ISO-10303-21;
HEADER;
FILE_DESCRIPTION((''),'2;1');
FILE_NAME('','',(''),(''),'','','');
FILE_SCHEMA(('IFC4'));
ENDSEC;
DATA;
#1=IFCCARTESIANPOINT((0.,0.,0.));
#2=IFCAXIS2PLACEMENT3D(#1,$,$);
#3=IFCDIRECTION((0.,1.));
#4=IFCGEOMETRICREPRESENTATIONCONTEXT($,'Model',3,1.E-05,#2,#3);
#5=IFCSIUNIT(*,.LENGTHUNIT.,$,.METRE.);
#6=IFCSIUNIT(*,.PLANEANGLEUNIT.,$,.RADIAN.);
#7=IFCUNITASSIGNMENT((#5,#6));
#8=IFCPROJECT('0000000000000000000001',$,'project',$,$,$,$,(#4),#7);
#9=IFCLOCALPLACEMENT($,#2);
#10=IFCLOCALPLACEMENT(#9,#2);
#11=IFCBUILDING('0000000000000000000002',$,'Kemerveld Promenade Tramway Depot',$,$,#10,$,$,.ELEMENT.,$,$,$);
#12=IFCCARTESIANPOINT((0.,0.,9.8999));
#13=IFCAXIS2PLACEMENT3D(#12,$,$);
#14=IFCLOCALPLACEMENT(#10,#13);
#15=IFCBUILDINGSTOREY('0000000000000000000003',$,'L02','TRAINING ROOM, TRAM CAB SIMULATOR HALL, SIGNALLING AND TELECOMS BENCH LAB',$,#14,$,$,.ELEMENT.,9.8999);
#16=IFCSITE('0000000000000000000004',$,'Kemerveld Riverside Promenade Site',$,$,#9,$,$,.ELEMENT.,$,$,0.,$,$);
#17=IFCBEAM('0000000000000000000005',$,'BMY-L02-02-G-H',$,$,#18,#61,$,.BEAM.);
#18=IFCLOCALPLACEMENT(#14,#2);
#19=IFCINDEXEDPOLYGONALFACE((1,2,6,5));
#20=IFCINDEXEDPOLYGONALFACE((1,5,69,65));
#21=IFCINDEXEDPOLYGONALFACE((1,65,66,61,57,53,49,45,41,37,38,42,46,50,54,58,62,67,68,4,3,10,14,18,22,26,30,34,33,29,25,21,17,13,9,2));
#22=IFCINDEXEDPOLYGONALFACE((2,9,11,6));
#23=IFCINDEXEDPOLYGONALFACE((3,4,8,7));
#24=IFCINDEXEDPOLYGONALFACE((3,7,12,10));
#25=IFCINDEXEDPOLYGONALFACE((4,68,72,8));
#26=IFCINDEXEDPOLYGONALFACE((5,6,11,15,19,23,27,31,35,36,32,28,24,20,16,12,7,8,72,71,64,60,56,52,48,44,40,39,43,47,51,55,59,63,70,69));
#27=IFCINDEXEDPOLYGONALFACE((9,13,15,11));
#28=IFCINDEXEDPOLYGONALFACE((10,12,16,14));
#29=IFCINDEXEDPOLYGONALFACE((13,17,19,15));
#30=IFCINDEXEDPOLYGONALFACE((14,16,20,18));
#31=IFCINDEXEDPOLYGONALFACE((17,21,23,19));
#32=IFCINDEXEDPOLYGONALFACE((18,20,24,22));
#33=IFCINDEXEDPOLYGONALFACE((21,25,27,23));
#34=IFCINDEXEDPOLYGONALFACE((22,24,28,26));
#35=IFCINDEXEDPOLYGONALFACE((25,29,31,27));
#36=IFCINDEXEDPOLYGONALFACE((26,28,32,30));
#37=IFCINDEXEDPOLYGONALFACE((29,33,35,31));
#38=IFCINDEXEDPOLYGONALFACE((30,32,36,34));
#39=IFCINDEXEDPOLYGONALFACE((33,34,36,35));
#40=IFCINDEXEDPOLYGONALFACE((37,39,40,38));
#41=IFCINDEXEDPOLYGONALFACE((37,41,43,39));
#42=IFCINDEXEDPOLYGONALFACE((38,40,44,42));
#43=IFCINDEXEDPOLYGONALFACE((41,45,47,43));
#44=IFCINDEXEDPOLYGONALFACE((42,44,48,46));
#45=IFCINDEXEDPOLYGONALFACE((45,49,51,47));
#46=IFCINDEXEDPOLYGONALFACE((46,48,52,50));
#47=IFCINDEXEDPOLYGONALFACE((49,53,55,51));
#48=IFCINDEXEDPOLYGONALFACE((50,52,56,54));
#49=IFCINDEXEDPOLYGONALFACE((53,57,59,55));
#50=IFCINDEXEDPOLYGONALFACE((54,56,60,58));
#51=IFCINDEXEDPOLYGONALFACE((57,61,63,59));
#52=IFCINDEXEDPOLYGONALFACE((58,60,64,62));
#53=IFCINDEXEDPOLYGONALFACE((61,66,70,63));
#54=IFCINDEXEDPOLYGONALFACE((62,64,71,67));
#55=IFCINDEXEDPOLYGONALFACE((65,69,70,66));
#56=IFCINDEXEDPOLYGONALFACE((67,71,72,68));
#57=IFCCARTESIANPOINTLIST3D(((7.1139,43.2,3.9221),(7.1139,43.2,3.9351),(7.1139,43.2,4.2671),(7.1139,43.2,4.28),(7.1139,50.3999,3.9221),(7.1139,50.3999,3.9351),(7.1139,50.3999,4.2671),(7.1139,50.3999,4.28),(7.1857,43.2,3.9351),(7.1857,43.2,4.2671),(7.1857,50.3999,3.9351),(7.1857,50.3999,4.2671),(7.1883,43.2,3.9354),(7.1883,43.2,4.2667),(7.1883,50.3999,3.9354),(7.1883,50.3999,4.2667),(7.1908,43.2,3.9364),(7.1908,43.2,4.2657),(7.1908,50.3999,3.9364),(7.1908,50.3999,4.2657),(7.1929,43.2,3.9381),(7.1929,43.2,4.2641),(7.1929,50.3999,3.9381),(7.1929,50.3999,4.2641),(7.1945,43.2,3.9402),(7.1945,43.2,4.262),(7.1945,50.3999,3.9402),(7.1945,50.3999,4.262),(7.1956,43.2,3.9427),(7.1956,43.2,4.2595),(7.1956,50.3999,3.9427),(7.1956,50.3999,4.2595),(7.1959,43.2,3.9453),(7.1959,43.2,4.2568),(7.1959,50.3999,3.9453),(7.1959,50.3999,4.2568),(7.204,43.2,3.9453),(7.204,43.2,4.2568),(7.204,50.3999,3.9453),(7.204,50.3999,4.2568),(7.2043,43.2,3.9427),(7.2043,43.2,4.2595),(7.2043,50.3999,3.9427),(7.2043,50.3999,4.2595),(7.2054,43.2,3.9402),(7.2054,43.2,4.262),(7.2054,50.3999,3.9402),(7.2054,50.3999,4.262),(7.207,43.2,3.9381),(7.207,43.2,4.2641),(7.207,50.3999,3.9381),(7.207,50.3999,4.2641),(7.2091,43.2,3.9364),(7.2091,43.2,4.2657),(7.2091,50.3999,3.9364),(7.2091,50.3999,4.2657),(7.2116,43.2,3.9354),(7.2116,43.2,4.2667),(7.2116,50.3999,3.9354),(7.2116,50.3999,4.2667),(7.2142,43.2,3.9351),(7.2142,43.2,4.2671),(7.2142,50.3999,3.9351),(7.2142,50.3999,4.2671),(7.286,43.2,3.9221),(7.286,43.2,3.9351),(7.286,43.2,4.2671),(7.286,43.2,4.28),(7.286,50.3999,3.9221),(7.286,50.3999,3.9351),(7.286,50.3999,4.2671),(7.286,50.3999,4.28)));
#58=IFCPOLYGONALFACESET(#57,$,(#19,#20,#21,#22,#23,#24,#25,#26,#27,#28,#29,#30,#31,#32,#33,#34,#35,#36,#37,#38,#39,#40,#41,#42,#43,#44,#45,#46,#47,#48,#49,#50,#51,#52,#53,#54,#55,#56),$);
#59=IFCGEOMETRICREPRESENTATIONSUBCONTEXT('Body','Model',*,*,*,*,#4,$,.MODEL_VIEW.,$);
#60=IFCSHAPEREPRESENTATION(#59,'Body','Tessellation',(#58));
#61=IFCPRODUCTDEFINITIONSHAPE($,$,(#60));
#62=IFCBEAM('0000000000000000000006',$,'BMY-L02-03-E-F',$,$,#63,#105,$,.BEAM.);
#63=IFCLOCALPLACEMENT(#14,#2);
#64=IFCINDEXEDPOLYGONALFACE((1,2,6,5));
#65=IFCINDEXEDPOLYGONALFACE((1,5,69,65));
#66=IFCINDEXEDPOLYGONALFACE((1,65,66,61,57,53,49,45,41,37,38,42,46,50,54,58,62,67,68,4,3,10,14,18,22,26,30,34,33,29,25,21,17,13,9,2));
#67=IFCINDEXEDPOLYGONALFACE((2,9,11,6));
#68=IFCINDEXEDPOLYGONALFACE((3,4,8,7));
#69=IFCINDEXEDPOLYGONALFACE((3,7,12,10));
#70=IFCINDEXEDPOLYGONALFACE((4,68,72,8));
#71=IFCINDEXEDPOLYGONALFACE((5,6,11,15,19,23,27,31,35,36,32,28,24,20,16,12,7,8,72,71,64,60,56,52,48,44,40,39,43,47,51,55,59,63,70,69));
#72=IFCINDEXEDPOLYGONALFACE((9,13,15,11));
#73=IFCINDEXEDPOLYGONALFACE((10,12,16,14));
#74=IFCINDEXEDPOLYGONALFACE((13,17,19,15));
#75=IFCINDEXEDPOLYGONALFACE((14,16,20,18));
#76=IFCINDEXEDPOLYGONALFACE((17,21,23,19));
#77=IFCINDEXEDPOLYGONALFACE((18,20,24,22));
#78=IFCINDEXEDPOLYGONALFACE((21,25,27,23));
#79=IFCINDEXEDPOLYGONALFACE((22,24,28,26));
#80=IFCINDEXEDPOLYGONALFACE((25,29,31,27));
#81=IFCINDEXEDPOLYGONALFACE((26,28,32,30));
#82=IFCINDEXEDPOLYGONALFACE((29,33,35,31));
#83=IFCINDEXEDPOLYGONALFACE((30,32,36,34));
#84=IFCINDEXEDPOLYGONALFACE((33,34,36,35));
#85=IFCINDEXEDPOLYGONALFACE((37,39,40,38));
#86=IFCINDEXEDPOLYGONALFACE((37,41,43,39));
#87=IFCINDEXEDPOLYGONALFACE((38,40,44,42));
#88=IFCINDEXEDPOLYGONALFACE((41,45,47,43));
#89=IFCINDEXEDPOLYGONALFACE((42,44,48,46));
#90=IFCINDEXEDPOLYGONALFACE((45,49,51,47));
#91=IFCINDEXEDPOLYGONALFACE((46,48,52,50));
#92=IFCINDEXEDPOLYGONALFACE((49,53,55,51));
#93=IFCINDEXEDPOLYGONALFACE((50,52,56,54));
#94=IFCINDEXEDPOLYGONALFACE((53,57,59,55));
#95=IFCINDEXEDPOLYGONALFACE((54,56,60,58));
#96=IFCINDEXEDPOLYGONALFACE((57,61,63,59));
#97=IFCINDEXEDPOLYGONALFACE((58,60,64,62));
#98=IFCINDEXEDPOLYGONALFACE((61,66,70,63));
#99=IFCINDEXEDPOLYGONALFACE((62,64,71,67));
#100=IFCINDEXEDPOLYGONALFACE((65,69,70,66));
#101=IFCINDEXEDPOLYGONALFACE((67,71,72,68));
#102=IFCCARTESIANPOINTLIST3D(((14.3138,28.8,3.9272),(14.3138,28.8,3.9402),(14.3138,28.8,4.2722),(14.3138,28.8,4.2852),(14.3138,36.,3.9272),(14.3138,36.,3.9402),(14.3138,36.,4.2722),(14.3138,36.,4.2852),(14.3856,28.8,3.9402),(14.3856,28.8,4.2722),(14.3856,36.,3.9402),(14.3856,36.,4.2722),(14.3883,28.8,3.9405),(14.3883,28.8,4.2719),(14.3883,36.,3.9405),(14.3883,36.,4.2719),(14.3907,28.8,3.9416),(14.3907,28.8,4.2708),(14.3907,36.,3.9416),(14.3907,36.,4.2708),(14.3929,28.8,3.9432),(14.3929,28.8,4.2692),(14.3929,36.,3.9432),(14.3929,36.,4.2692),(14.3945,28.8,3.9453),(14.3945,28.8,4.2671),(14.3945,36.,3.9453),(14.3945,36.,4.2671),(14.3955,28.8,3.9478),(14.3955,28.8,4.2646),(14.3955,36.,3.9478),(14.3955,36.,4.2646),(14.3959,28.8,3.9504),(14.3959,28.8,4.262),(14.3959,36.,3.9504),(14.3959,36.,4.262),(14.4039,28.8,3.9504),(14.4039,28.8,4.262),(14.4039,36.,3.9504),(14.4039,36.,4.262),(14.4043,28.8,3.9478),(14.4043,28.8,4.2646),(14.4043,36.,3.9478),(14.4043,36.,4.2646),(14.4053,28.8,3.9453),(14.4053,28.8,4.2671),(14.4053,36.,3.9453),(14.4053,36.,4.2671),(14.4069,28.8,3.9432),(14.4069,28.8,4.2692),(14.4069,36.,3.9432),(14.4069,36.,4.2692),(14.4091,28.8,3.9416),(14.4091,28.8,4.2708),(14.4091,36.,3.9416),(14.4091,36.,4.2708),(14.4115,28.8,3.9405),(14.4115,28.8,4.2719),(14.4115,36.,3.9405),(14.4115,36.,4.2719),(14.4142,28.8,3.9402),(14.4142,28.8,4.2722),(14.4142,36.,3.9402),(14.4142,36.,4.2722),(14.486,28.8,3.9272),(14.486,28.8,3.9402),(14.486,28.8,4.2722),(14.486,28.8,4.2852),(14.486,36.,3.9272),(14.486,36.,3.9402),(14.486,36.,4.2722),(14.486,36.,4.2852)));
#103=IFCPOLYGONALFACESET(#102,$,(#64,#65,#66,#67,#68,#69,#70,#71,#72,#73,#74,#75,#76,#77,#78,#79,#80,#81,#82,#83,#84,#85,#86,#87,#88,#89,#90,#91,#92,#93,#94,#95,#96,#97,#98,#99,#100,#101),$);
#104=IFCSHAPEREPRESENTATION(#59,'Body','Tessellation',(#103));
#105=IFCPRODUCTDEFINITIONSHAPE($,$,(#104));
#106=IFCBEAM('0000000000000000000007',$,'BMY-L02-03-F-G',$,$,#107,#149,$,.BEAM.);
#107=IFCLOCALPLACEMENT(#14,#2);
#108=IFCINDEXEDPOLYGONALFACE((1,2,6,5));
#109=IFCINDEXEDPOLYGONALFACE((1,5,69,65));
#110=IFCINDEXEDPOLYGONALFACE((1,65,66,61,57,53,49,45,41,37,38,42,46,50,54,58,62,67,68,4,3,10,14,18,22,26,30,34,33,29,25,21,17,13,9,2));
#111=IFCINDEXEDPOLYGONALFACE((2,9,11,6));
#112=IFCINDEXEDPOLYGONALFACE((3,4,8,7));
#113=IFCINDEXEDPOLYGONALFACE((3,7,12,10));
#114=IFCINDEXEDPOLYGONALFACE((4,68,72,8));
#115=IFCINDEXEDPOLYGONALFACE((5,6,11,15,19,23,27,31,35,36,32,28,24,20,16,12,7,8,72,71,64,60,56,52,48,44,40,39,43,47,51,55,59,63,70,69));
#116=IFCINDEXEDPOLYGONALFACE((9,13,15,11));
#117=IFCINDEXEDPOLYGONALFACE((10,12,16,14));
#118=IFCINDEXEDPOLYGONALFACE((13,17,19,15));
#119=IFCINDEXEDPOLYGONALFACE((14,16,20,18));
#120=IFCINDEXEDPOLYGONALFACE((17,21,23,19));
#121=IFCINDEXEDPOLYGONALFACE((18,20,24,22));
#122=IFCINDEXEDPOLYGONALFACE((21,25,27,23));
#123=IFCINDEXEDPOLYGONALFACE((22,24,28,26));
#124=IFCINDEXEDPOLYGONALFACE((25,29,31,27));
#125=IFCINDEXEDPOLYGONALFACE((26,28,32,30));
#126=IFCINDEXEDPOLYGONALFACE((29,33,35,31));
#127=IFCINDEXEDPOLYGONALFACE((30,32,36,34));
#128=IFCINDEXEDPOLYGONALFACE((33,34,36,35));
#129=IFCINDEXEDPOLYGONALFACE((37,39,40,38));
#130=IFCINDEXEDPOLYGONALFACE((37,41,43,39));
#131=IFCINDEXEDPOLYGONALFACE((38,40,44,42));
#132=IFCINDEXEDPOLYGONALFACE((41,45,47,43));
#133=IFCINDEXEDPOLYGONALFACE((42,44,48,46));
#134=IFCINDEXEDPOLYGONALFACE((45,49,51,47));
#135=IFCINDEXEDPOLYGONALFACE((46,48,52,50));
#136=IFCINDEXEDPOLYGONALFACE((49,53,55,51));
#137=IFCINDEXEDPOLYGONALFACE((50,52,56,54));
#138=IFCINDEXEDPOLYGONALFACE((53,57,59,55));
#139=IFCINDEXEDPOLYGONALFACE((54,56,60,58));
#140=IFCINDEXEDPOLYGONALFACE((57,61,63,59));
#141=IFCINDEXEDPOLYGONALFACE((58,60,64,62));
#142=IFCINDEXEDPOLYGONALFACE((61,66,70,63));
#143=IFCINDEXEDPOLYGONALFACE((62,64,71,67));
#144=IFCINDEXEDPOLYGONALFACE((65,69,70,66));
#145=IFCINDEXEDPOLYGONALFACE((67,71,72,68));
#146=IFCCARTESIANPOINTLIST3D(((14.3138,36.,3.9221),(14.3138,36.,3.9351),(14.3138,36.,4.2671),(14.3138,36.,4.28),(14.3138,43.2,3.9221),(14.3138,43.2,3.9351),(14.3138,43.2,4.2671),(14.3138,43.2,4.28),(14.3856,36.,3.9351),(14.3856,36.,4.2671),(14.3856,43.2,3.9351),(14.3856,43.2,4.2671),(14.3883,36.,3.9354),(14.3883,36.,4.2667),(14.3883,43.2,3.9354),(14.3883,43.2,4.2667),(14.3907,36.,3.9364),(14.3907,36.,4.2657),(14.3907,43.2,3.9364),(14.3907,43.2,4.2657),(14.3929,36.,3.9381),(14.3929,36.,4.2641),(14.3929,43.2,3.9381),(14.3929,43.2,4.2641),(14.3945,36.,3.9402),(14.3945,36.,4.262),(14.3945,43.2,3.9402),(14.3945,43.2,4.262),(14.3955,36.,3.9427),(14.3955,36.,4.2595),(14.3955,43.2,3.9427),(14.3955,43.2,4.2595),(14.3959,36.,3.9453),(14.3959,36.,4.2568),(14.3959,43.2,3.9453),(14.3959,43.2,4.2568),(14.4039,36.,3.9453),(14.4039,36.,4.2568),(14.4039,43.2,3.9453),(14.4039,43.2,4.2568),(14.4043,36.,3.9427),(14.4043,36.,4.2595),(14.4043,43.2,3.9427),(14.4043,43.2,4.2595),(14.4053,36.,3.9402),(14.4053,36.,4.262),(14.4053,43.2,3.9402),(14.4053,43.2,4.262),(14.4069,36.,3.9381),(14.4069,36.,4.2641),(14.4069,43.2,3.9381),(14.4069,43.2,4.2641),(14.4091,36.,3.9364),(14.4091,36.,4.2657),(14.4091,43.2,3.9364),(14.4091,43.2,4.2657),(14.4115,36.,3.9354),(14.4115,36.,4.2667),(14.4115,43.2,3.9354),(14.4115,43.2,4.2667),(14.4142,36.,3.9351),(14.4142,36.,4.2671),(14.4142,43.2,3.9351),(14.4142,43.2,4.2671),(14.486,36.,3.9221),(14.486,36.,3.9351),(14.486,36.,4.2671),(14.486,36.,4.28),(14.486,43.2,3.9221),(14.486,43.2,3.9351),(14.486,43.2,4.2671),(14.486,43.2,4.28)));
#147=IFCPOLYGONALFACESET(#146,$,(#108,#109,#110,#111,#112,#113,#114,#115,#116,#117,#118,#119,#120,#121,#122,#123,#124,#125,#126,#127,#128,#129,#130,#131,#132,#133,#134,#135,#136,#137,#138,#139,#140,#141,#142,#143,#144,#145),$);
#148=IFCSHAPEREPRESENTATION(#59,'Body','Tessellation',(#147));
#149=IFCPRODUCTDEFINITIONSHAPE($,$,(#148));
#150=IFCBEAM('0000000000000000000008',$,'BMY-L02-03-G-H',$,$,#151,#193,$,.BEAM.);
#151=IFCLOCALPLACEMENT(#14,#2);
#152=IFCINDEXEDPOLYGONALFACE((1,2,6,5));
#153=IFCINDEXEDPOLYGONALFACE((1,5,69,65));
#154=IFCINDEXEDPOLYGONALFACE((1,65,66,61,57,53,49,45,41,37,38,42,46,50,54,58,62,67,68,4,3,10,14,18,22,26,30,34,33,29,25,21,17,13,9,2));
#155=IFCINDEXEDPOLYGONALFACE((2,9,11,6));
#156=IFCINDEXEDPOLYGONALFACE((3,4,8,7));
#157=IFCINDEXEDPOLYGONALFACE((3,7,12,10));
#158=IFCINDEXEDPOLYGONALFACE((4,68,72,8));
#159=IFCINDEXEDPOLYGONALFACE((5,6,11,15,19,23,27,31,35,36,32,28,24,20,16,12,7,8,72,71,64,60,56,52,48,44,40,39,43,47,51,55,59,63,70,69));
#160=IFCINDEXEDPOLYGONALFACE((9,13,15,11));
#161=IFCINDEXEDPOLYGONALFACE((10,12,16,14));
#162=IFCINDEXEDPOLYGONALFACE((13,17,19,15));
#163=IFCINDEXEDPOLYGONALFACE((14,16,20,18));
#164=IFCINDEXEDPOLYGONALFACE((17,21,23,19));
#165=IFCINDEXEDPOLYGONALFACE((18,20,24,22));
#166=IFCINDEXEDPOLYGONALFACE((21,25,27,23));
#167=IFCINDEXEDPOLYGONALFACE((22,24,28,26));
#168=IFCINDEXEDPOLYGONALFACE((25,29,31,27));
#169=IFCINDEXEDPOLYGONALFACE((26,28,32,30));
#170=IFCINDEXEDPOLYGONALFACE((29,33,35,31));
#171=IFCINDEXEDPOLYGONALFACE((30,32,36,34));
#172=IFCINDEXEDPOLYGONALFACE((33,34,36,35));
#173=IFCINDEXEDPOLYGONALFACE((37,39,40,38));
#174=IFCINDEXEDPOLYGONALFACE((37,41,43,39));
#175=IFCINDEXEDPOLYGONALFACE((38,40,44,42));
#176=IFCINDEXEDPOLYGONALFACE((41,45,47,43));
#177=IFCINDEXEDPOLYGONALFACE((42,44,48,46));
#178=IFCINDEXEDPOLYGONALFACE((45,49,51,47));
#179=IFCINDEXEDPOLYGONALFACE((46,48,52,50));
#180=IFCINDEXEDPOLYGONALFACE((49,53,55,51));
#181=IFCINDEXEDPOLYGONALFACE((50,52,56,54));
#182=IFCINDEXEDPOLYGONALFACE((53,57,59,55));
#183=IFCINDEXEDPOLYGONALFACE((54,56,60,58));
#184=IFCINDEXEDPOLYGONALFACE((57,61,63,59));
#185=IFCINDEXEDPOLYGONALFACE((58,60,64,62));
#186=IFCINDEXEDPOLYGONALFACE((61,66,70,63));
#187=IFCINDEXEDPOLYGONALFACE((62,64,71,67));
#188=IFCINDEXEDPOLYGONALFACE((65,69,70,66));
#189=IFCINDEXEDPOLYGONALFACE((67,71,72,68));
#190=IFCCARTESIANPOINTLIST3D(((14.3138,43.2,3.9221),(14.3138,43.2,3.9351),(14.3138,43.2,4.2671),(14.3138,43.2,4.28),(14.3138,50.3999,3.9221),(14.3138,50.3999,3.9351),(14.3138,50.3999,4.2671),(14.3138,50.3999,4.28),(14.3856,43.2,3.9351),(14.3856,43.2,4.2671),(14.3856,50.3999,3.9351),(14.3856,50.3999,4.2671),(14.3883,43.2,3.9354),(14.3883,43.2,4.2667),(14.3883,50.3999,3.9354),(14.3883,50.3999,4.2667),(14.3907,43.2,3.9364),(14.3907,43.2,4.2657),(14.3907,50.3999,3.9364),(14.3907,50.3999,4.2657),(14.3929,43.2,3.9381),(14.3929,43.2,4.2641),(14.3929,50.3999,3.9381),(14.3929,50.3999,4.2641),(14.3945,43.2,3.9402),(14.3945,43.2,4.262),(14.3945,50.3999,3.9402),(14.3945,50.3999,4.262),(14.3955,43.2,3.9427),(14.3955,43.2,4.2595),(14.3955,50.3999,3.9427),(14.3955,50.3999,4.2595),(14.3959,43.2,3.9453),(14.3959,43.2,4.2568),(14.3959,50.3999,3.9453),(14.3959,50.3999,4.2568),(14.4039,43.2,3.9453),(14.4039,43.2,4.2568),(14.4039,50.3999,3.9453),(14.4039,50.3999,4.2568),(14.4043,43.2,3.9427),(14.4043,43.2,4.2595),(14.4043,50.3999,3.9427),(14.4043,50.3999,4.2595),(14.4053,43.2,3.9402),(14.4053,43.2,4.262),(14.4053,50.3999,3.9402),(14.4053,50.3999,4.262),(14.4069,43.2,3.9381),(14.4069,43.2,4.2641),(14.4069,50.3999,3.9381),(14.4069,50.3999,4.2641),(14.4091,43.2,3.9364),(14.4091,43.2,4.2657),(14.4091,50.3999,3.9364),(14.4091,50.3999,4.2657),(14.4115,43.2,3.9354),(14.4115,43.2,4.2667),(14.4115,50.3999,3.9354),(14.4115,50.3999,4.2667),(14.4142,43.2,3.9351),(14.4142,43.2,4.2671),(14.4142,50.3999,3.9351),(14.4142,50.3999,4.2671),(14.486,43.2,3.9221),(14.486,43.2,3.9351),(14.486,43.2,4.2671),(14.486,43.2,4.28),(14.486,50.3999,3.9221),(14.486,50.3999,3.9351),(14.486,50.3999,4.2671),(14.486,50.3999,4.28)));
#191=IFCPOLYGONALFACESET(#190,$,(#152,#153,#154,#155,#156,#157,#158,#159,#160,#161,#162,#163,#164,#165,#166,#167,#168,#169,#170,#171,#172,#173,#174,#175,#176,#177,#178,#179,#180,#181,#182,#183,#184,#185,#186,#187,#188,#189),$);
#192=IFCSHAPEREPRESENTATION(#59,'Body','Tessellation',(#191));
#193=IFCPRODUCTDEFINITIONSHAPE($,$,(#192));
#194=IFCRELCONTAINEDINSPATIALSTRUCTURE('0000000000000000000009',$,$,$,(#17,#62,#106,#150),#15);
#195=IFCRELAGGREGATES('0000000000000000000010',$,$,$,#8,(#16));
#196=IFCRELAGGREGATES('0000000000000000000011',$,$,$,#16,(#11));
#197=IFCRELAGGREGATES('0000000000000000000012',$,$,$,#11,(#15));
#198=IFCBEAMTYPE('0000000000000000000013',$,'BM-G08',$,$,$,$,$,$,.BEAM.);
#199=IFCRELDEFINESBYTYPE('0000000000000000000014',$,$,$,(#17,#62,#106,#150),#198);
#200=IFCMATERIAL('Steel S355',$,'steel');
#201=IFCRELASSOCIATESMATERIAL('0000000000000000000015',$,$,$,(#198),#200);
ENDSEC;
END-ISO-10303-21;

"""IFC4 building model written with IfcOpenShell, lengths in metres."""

from ifc_helpers import new_model, si_unit, direction, frame, origin, origin_2d, place, context, subcontext, project, spatial, i_section, extrude, material, material_profile, profile_set, type_object, element, save


model = new_model("IFC4")

# Units and contexts
model_context = context("Model", 3, precision=1e-05, world=origin(), true_north=direction((0.0, 1.0)))
body_context = subcontext(model_context, "Body", "Model", "MODEL_VIEW")
ifc_project = project(units=[si_unit("LENGTHUNIT", "METRE"), si_unit("PLANEANGLEUNIT", "RADIAN")], contexts=[model_context])

# Site, building, storey
site_placement = place(None, origin())
site = spatial("IfcSite", under=ifc_project, at=site_placement, Name="Kemerveld Riverside Promenade Site", CompositionType="ELEMENT", RefElevation=0.0)
building_placement = place(site_placement, origin())
building = spatial("IfcBuilding", under=site, at=building_placement, Name="Kemerveld Promenade Tramway Depot", CompositionType="ELEMENT")
storey_placement = place(building_placement, frame((0.0, 0.0, 9.8999)))
storey = spatial("IfcBuildingStorey", under=building, at=storey_placement, Name="L02", Description="TRAINING ROOM, TRAM CAB SIMULATOR HALL, SIGNALLING AND TELECOMS BENCH LAB", CompositionType="ELEMENT", Elevation=9.8999)

# Shared definitions
ifc_material_1 = material(Name="Steel S355", Category="steel")

# Beams
ifc_material_profile_1 = material_profile(ifc_material_1, i_section(OverallWidth=0.1721, OverallDepth=0.3579, WebThickness=0.0081, FlangeThickness=0.0129, FilletRadius=0.0103, at=origin_2d()), Name="356x171x57 UB")
ifc_profile_set_1 = profile_set([ifc_material_profile_1], Name="Steel S355")
beam_type_1 = type_object("IfcBeamType", Name="BM-G08", PredefinedType="BEAM", material=ifc_profile_set_1)
for number, where, z_axis, x_axis, name in (
    (1, (7.2, 43.2, 4.1011), (0.0, 1.0, 0.0), (-1.0, 0.0, 0.0), "BMY-L02-02-G-H"),
    (2, (14.3999, 28.8, 4.1062), (0.0, 1.0, 0.0), (-1.0, 0.0, 0.0), "BMY-L02-03-E-F"),
    (3, (14.3999, 36.0, 4.1011), (0.0, 1.0, 0.0), (-1.0, 0.0, 0.0), "BMY-L02-03-F-G"),
    (4, (14.3999, 43.2, 4.1011), (0.0, 1.0, 0.0), (-1.0, 0.0, 0.0), "BMY-L02-03-G-H"),
):
    element("IfcBeam", number, at=place(storey_placement, frame(where, z_axis=z_axis, x_axis=x_axis)), inside=storey, type_object=beam_type_1, Name=name, PredefinedType="BEAM", context=body_context, shape_type="SweptSolid", body=[
        extrude(i_section(OverallWidth=0.1721, OverallDepth=0.3579, WebThickness=0.0081, FlangeThickness=0.0129, FilletRadius=0.0103, at=origin_2d()), origin(), (0.0, 0.0, 1.0), 7.2),
    ])

save(model, "model.ifc")
